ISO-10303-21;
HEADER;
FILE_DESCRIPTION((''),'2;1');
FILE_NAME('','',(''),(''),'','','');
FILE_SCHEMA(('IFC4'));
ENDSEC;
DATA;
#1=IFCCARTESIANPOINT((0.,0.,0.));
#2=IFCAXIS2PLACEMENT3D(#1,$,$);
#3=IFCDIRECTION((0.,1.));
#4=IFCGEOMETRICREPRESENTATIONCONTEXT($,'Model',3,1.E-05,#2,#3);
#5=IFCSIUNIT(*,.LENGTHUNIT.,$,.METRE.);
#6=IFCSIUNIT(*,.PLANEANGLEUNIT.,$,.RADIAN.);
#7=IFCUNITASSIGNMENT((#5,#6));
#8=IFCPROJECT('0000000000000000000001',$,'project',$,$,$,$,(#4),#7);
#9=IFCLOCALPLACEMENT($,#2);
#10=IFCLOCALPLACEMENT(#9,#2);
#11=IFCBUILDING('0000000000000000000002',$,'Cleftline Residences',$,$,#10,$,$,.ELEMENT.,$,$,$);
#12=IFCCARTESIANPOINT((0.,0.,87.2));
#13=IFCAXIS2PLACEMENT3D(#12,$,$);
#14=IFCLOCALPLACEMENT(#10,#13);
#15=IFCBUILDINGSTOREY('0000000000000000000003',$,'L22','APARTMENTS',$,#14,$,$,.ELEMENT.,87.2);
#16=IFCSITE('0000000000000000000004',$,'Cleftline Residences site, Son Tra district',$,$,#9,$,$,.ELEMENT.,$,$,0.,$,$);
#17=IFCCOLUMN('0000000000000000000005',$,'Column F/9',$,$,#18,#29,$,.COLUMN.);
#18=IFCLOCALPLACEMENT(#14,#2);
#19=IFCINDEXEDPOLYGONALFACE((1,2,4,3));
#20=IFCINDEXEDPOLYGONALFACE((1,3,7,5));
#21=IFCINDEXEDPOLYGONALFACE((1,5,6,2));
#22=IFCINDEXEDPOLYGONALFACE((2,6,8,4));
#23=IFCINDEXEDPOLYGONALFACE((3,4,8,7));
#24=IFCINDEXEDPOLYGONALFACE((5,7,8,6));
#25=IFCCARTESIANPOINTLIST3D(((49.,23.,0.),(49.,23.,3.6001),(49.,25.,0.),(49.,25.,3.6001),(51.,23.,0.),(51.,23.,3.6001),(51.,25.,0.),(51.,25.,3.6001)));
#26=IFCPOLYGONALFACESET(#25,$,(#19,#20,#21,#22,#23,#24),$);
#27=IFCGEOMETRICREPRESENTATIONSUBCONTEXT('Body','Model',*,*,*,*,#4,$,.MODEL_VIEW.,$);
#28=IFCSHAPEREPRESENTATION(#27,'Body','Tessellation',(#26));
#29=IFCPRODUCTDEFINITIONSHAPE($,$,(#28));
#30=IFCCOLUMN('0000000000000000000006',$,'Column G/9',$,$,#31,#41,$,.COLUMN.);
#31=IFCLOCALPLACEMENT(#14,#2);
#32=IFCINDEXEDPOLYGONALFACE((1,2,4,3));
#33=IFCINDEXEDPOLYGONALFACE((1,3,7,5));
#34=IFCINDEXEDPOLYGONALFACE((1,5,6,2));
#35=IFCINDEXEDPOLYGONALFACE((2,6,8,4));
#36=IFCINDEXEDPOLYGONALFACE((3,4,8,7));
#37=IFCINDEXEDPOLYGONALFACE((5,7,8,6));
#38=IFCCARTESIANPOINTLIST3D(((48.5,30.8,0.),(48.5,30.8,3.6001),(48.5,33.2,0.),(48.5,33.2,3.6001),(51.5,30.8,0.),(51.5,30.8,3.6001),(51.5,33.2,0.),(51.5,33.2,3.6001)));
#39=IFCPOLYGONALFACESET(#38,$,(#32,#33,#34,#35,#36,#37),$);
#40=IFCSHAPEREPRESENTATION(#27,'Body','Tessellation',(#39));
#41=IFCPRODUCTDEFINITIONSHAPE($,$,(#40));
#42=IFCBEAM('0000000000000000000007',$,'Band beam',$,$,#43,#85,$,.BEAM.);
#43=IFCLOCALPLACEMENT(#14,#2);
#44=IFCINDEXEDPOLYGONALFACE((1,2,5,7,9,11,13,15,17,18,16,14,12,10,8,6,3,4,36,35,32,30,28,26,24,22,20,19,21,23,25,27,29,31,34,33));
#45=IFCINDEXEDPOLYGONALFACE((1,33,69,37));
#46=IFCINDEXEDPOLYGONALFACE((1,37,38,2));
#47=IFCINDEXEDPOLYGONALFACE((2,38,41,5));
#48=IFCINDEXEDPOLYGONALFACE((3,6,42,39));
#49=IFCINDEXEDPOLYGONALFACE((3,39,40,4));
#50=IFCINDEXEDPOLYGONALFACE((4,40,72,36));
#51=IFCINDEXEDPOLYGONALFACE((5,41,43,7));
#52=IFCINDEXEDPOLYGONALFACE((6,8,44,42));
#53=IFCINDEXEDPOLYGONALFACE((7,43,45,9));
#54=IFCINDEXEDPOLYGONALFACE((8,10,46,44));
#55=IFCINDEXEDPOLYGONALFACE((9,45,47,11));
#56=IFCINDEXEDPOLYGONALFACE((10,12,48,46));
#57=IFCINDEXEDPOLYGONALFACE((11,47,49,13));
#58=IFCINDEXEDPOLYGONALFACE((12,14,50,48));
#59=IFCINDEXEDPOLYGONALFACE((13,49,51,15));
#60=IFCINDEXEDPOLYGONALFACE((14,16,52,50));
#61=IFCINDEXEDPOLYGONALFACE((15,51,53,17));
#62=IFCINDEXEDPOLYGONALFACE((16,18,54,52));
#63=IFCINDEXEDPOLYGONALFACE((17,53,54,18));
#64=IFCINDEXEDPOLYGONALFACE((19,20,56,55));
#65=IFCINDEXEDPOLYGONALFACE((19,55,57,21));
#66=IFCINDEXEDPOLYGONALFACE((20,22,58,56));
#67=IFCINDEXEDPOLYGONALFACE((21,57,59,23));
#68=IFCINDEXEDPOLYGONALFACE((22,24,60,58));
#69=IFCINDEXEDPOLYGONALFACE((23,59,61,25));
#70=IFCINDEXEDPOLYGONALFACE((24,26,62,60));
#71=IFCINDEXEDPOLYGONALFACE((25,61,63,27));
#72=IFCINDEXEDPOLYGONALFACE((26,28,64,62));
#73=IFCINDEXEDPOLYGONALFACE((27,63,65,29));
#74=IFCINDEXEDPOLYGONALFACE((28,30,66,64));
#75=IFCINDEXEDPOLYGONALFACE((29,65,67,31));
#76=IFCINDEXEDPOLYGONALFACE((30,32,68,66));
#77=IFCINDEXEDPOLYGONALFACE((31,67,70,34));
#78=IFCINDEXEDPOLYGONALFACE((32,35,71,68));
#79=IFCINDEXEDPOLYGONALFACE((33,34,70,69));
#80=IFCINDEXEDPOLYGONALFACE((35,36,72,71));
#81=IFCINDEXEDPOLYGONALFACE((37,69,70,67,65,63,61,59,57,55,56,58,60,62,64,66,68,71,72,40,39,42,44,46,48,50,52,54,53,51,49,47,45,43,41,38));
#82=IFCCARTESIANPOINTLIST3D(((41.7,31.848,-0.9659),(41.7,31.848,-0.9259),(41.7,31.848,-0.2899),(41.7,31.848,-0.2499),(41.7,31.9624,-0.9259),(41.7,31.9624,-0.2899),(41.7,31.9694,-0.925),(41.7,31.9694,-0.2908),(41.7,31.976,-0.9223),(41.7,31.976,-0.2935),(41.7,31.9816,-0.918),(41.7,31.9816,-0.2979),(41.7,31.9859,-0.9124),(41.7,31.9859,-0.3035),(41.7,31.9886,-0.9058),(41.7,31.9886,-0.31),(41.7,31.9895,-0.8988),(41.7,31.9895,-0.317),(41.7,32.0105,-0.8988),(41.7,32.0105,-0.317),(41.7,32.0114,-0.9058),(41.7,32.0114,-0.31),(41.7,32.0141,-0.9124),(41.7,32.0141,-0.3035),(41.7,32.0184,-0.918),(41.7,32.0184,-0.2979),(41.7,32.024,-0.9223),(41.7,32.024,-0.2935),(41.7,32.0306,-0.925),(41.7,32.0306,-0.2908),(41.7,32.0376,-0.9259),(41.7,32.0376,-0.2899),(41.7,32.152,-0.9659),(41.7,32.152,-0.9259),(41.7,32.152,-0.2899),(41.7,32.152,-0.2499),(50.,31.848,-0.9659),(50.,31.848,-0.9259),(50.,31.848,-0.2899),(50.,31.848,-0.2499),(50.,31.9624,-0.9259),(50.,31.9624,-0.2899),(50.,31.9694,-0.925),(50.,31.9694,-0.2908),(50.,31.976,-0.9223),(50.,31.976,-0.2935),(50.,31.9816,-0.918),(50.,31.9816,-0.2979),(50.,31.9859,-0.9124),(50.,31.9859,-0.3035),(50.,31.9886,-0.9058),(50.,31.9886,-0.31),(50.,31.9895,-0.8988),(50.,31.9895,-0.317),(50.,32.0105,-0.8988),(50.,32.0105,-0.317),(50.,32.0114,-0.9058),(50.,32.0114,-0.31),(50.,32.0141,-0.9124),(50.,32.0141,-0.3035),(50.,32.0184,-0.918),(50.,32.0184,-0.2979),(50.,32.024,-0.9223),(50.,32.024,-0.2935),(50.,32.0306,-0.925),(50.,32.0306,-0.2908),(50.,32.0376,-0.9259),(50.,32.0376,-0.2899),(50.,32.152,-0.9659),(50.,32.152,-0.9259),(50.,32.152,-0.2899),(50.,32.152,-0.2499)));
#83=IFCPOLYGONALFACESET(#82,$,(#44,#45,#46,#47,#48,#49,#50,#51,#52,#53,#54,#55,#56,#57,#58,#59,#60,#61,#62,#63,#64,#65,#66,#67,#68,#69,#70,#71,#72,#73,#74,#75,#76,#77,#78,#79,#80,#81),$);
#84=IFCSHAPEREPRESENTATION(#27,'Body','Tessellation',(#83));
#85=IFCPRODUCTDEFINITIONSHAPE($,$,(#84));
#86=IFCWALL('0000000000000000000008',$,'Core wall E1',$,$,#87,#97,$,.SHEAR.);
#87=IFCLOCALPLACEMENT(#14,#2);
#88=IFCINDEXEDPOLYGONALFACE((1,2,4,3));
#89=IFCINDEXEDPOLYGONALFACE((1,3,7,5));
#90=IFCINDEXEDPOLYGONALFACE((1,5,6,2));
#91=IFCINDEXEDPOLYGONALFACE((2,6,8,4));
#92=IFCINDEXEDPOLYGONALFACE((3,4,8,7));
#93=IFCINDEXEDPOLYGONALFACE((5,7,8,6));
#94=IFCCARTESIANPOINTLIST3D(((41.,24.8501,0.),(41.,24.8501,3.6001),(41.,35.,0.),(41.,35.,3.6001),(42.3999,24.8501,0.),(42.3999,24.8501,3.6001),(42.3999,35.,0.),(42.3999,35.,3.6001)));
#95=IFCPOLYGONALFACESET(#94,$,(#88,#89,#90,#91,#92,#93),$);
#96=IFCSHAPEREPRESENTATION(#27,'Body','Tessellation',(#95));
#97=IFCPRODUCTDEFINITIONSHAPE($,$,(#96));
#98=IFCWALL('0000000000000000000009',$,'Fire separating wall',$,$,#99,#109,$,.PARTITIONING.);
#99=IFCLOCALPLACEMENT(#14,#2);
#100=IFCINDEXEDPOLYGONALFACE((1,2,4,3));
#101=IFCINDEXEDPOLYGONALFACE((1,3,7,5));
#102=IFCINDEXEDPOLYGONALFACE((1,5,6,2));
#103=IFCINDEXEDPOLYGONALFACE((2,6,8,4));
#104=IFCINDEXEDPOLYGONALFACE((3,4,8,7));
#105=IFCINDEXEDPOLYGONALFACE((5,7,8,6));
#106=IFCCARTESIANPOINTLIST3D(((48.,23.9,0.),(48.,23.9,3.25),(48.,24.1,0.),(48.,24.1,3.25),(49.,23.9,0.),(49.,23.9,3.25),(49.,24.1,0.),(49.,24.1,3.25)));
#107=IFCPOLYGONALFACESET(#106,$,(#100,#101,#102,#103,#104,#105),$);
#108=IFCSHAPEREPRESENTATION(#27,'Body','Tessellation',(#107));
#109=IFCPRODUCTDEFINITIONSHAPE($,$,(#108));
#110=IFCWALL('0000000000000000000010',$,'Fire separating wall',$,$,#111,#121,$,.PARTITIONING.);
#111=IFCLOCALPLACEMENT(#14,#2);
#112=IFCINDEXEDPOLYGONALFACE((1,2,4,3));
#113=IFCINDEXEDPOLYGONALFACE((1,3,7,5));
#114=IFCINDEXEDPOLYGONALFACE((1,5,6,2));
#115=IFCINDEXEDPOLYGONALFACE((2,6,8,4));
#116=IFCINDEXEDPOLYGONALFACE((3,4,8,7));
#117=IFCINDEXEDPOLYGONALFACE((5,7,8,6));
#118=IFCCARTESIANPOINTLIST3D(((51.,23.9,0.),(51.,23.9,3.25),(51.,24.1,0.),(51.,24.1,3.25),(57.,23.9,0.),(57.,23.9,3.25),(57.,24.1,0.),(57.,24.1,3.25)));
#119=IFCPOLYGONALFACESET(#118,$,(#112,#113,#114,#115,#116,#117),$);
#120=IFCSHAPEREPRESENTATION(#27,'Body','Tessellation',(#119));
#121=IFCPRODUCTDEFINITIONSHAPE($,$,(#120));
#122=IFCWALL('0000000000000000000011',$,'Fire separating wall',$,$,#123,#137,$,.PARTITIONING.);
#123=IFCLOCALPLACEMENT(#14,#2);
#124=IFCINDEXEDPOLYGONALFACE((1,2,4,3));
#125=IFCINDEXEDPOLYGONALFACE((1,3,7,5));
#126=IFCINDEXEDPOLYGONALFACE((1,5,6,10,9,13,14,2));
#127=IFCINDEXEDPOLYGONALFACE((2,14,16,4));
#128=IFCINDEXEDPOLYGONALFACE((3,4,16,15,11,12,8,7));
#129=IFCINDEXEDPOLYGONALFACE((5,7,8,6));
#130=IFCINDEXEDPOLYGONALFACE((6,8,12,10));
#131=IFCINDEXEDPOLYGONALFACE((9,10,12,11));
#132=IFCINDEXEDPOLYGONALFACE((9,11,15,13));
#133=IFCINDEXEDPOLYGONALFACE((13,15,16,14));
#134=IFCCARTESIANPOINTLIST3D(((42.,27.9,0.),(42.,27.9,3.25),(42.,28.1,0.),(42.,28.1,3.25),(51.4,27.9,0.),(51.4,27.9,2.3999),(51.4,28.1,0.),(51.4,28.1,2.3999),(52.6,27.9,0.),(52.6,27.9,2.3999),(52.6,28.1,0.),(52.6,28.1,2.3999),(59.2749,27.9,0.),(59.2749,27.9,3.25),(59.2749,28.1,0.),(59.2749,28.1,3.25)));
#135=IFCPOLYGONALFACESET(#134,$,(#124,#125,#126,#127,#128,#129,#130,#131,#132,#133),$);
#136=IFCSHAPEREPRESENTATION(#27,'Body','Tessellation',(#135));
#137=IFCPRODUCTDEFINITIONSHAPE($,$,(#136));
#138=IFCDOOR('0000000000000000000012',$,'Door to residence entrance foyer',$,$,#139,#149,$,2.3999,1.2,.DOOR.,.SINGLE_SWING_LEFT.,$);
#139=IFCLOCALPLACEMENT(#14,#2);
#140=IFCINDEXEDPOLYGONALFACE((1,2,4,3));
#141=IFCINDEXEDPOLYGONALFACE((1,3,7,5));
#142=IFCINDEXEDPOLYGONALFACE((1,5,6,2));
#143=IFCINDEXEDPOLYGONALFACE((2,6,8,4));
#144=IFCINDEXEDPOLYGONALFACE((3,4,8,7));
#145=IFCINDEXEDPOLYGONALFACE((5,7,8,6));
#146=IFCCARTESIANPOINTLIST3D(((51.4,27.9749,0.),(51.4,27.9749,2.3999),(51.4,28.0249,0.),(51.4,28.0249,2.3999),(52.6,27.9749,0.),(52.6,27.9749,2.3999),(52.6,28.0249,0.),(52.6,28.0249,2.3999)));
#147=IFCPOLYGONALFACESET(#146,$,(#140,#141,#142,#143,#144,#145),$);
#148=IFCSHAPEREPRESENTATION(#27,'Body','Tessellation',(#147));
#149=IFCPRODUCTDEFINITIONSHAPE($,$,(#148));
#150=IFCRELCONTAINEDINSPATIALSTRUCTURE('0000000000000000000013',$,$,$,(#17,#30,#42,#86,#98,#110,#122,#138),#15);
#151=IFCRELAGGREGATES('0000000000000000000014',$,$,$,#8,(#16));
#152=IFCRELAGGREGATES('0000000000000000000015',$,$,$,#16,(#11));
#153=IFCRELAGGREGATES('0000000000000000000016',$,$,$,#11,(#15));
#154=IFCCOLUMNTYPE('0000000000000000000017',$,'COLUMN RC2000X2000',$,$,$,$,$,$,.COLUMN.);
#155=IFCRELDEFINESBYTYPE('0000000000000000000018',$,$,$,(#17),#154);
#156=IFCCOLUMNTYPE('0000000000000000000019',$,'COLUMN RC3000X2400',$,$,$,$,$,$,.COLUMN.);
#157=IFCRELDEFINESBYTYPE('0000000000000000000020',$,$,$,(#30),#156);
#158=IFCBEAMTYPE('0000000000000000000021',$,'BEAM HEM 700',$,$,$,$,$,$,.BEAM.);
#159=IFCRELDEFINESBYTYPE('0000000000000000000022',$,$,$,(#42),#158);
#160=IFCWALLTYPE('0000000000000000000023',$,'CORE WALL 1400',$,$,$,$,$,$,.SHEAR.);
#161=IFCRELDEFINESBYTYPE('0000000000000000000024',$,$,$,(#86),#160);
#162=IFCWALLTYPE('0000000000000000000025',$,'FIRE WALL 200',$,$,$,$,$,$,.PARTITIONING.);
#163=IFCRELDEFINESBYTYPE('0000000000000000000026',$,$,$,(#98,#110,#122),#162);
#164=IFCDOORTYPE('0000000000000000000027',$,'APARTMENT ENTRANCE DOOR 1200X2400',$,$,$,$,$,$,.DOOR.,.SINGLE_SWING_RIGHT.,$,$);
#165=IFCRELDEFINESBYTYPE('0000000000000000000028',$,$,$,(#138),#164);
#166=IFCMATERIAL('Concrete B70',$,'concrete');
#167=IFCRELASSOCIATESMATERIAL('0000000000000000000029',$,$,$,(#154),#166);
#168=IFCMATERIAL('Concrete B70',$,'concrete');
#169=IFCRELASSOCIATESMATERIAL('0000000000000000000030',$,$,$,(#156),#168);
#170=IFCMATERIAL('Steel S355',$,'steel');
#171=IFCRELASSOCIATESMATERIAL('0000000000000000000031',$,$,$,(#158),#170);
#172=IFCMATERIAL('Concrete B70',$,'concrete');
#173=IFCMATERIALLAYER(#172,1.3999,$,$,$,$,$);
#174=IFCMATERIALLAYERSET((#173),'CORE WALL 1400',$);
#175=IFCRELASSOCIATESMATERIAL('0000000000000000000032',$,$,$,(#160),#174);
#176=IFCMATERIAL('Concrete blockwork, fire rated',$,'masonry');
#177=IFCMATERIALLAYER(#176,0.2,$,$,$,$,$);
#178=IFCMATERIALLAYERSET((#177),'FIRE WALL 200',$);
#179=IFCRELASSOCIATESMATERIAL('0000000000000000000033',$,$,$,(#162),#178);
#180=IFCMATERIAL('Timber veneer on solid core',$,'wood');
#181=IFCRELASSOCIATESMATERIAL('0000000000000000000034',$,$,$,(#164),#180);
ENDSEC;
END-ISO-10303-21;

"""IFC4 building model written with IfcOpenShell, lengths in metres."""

from ifc_helpers import new_model, si_unit, direction, frame, frame_2d, origin, origin_2d, place, context, subcontext, project, spatial, rectangle, i_section, extrude, material, layer, layer_set, material_profile, profile_set, type_object, element, fill, save


model = new_model("IFC4")

# Units and contexts
model_context = context("Model", 3, precision=1e-05, world=origin(), true_north=direction((0.0, 1.0)))
body_context = subcontext(model_context, "Body", "Model", "MODEL_VIEW")
ifc_project = project(units=[si_unit("LENGTHUNIT", "METRE"), si_unit("PLANEANGLEUNIT", "RADIAN")], contexts=[model_context])

# Site, building, storey
site_placement = place(None, origin())
site = spatial("IfcSite", under=ifc_project, at=site_placement, Name="Cleftline Residences site, Son Tra district", CompositionType="ELEMENT", RefElevation=0.0)
building_placement = place(site_placement, origin())
building = spatial("IfcBuilding", under=site, at=building_placement, Name="Cleftline Residences", CompositionType="ELEMENT")
storey_placement = place(building_placement, frame((0.0, 0.0, 87.2)))
storey = spatial("IfcBuildingStorey", under=building, at=storey_placement, Name="L22", Description="APARTMENTS", CompositionType="ELEMENT", Elevation=87.2)

# Columns
ifc_material_1 = material(Name="Concrete B70", Category="concrete")
ifc_material_profile_1 = material_profile(ifc_material_1, rectangle(XDim=2.0, YDim=2.0, at=origin_2d()))
ifc_profile_set_1 = profile_set([ifc_material_profile_1], Name="Concrete B70")
column_type_1 = type_object("IfcColumnType", Name="COLUMN RC2000X2000", PredefinedType="COLUMN", material=ifc_profile_set_1)
column_1_placement = place(storey_placement, frame((50.0, 24.0, 0.0), z_axis=(0.0, 0.0, 1.0), x_axis=(1.0, 0.0, 0.0)))
element("IfcColumn", 1, at=column_1_placement, inside=storey, type_object=column_type_1, Name="Column F/9", PredefinedType="COLUMN", context=body_context, shape_type="SweptSolid", body=[
    extrude(rectangle(XDim=2.0, YDim=2.0, at=origin_2d()), origin(), (0.0, 0.0, 1.0), 3.6001),
])
ifc_material_2 = material(Name="Concrete B70", Category="concrete")
ifc_material_profile_2 = material_profile(ifc_material_2, rectangle(XDim=3.0, YDim=2.3999, at=origin_2d()))
ifc_profile_set_2 = profile_set([ifc_material_profile_2], Name="Concrete B70")
column_type_2 = type_object("IfcColumnType", Name="COLUMN RC3000X2400", PredefinedType="COLUMN", material=ifc_profile_set_2)
column_2_placement = place(storey_placement, frame((50.0, 32.0, 0.0), z_axis=(0.0, 0.0, 1.0), x_axis=(1.0, 0.0, 0.0)))
element("IfcColumn", 2, at=column_2_placement, inside=storey, type_object=column_type_2, Name="Column G/9", PredefinedType="COLUMN", context=body_context, shape_type="SweptSolid", body=[
    extrude(rectangle(XDim=3.0, YDim=2.3999, at=origin_2d()), origin(), (0.0, 0.0, 1.0), 3.6001),
])

# Beam
ifc_material_3 = material(Name="Steel S355", Category="steel")
ifc_material_profile_3 = material_profile(ifc_material_3, i_section(OverallWidth=0.304, OverallDepth=0.7161, WebThickness=0.021, FlangeThickness=0.04, FilletRadius=0.0271, at=origin_2d()))
ifc_profile_set_3 = profile_set([ifc_material_profile_3], Name="Steel S355")
beam_type = type_object("IfcBeamType", Name="BEAM HEM 700", PredefinedType="BEAM", material=ifc_profile_set_3)
beam_placement = place(storey_placement, frame((50.0, 32.0, -0.6079), z_axis=(-1.0, 0.0, 0.0), x_axis=(0.0, -1.0, 0.0)))
element("IfcBeam", 3, at=beam_placement, inside=storey, type_object=beam_type, Name="Band beam", PredefinedType="BEAM", context=body_context, shape_type="SweptSolid", body=[
    extrude(i_section(OverallWidth=0.304, OverallDepth=0.7161, WebThickness=0.021, FlangeThickness=0.04, FilletRadius=0.0271, at=origin_2d()), origin(), (0.0, 0.0, 1.0), 8.3),
])

# Walls
ifc_material_4 = material(Name="Concrete B70", Category="concrete")
ifc_layer_1 = layer(ifc_material_4, 1.3999)
ifc_layer_set_1 = layer_set([ifc_layer_1], Name="CORE WALL 1400")
wall_type_1 = type_object("IfcWallType", Name="CORE WALL 1400", PredefinedType="SHEAR", material=ifc_layer_set_1)
wall_1_placement = place(storey_placement, frame((41.7, 24.8501, 0.0), z_axis=(0.0, 0.0, 1.0), x_axis=(0.0, 1.0, 0.0)))
element("IfcWall", 4, at=wall_1_placement, inside=storey, type_object=wall_type_1, Name="Core wall E1", PredefinedType="SHEAR", context=body_context, shape_type="SweptSolid", body=[
    extrude(rectangle(XDim=10.1499, YDim=1.3999, at=frame_2d((5.075, 0.0))), origin(), (0.0, 0.0, 1.0), 3.6001),
])
ifc_material_5 = material(Name="Concrete blockwork, fire rated", Category="masonry")
ifc_layer_2 = layer(ifc_material_5, 0.2)
ifc_layer_set_2 = layer_set([ifc_layer_2], Name="FIRE WALL 200")
wall_type_2 = type_object("IfcWallType", Name="FIRE WALL 200", PredefinedType="PARTITIONING", material=ifc_layer_set_2)
wall_2_placement = place(storey_placement, frame((48.0, 24.0, 0.0), z_axis=(0.0, 0.0, 1.0), x_axis=(1.0, 0.0, 0.0)))
element("IfcWall", 5, at=wall_2_placement, inside=storey, type_object=wall_type_2, Name="Fire separating wall", PredefinedType="PARTITIONING", context=body_context, shape_type="SweptSolid", body=[
    extrude(rectangle(XDim=1.0, YDim=0.2, at=frame_2d((0.5, 0.0))), origin(), (0.0, 0.0, 1.0), 3.25),
])
wall_3_placement = place(storey_placement, frame((51.0, 24.0, 0.0), z_axis=(0.0, 0.0, 1.0), x_axis=(1.0, 0.0, 0.0)))
element("IfcWall", 6, at=wall_3_placement, inside=storey, type_object=wall_type_2, Name="Fire separating wall", PredefinedType="PARTITIONING", context=body_context, shape_type="SweptSolid", body=[
    extrude(rectangle(XDim=6.0, YDim=0.2, at=frame_2d((3.0, 0.0))), origin(), (0.0, 0.0, 1.0), 3.25),
])

# Wall, opening, door
wall_4_placement = place(storey_placement, frame((42.0, 28.0, 0.0), z_axis=(0.0, 0.0, 1.0), x_axis=(1.0, 0.0, 0.0)))
wall_4 = element("IfcWall", 7, at=wall_4_placement, inside=storey, type_object=wall_type_2, Name="Fire separating wall", PredefinedType="PARTITIONING", context=body_context, shape_type="SweptSolid", body=[
    extrude(rectangle(XDim=17.2749, YDim=0.2, at=frame_2d((8.6375, 0.0))), origin(), (0.0, 0.0, 1.0), 3.25),
])
opening_1_placement = place(wall_4_placement, frame((9.3999, 0.0, 0.0)))
opening_1 = element("IfcOpeningElement", 8, at=opening_1_placement, cuts=wall_4, PredefinedType="OPENING", context=body_context, shape_type="SweptSolid", body=[
    extrude(rectangle(XDim=1.2, YDim=2.3999, at=frame_2d((0.6001, 1.2))), frame((0.0, 0.1099, 0.0), z_axis=(0.0, -1.0, 0.0), x_axis=(1.0, 0.0, 0.0)), (0.0, 0.0, 1.0), 0.22),
])
ifc_material_6 = material(Name="Timber veneer on solid core", Category="wood")
door_type_1 = type_object("IfcDoorType", Name="APARTMENT ENTRANCE DOOR 1200X2400", OperationType="SINGLE_SWING_RIGHT", PredefinedType="DOOR", material=ifc_material_6)
door_1_placement = place(opening_1_placement, origin())
door_1 = element("IfcDoor", 9, at=door_1_placement, inside=storey, type_object=door_type_1, Name="Door to residence entrance foyer", OperationType="SINGLE_SWING_LEFT", OverallHeight=2.3999, OverallWidth=1.2, PredefinedType="DOOR", context=body_context, shape_type="SweptSolid", body=[
    extrude(rectangle(XDim=1.2, YDim=2.3999, at=frame_2d((0.6001, 1.2))), frame((0.0, 0.0249, 0.0), z_axis=(0.0, -1.0, 0.0), x_axis=(1.0, 0.0, 0.0)), (0.0, 0.0, 1.0), 0.05),
])
fill(opening_1, door_1)

save(model, "model.ifc")
